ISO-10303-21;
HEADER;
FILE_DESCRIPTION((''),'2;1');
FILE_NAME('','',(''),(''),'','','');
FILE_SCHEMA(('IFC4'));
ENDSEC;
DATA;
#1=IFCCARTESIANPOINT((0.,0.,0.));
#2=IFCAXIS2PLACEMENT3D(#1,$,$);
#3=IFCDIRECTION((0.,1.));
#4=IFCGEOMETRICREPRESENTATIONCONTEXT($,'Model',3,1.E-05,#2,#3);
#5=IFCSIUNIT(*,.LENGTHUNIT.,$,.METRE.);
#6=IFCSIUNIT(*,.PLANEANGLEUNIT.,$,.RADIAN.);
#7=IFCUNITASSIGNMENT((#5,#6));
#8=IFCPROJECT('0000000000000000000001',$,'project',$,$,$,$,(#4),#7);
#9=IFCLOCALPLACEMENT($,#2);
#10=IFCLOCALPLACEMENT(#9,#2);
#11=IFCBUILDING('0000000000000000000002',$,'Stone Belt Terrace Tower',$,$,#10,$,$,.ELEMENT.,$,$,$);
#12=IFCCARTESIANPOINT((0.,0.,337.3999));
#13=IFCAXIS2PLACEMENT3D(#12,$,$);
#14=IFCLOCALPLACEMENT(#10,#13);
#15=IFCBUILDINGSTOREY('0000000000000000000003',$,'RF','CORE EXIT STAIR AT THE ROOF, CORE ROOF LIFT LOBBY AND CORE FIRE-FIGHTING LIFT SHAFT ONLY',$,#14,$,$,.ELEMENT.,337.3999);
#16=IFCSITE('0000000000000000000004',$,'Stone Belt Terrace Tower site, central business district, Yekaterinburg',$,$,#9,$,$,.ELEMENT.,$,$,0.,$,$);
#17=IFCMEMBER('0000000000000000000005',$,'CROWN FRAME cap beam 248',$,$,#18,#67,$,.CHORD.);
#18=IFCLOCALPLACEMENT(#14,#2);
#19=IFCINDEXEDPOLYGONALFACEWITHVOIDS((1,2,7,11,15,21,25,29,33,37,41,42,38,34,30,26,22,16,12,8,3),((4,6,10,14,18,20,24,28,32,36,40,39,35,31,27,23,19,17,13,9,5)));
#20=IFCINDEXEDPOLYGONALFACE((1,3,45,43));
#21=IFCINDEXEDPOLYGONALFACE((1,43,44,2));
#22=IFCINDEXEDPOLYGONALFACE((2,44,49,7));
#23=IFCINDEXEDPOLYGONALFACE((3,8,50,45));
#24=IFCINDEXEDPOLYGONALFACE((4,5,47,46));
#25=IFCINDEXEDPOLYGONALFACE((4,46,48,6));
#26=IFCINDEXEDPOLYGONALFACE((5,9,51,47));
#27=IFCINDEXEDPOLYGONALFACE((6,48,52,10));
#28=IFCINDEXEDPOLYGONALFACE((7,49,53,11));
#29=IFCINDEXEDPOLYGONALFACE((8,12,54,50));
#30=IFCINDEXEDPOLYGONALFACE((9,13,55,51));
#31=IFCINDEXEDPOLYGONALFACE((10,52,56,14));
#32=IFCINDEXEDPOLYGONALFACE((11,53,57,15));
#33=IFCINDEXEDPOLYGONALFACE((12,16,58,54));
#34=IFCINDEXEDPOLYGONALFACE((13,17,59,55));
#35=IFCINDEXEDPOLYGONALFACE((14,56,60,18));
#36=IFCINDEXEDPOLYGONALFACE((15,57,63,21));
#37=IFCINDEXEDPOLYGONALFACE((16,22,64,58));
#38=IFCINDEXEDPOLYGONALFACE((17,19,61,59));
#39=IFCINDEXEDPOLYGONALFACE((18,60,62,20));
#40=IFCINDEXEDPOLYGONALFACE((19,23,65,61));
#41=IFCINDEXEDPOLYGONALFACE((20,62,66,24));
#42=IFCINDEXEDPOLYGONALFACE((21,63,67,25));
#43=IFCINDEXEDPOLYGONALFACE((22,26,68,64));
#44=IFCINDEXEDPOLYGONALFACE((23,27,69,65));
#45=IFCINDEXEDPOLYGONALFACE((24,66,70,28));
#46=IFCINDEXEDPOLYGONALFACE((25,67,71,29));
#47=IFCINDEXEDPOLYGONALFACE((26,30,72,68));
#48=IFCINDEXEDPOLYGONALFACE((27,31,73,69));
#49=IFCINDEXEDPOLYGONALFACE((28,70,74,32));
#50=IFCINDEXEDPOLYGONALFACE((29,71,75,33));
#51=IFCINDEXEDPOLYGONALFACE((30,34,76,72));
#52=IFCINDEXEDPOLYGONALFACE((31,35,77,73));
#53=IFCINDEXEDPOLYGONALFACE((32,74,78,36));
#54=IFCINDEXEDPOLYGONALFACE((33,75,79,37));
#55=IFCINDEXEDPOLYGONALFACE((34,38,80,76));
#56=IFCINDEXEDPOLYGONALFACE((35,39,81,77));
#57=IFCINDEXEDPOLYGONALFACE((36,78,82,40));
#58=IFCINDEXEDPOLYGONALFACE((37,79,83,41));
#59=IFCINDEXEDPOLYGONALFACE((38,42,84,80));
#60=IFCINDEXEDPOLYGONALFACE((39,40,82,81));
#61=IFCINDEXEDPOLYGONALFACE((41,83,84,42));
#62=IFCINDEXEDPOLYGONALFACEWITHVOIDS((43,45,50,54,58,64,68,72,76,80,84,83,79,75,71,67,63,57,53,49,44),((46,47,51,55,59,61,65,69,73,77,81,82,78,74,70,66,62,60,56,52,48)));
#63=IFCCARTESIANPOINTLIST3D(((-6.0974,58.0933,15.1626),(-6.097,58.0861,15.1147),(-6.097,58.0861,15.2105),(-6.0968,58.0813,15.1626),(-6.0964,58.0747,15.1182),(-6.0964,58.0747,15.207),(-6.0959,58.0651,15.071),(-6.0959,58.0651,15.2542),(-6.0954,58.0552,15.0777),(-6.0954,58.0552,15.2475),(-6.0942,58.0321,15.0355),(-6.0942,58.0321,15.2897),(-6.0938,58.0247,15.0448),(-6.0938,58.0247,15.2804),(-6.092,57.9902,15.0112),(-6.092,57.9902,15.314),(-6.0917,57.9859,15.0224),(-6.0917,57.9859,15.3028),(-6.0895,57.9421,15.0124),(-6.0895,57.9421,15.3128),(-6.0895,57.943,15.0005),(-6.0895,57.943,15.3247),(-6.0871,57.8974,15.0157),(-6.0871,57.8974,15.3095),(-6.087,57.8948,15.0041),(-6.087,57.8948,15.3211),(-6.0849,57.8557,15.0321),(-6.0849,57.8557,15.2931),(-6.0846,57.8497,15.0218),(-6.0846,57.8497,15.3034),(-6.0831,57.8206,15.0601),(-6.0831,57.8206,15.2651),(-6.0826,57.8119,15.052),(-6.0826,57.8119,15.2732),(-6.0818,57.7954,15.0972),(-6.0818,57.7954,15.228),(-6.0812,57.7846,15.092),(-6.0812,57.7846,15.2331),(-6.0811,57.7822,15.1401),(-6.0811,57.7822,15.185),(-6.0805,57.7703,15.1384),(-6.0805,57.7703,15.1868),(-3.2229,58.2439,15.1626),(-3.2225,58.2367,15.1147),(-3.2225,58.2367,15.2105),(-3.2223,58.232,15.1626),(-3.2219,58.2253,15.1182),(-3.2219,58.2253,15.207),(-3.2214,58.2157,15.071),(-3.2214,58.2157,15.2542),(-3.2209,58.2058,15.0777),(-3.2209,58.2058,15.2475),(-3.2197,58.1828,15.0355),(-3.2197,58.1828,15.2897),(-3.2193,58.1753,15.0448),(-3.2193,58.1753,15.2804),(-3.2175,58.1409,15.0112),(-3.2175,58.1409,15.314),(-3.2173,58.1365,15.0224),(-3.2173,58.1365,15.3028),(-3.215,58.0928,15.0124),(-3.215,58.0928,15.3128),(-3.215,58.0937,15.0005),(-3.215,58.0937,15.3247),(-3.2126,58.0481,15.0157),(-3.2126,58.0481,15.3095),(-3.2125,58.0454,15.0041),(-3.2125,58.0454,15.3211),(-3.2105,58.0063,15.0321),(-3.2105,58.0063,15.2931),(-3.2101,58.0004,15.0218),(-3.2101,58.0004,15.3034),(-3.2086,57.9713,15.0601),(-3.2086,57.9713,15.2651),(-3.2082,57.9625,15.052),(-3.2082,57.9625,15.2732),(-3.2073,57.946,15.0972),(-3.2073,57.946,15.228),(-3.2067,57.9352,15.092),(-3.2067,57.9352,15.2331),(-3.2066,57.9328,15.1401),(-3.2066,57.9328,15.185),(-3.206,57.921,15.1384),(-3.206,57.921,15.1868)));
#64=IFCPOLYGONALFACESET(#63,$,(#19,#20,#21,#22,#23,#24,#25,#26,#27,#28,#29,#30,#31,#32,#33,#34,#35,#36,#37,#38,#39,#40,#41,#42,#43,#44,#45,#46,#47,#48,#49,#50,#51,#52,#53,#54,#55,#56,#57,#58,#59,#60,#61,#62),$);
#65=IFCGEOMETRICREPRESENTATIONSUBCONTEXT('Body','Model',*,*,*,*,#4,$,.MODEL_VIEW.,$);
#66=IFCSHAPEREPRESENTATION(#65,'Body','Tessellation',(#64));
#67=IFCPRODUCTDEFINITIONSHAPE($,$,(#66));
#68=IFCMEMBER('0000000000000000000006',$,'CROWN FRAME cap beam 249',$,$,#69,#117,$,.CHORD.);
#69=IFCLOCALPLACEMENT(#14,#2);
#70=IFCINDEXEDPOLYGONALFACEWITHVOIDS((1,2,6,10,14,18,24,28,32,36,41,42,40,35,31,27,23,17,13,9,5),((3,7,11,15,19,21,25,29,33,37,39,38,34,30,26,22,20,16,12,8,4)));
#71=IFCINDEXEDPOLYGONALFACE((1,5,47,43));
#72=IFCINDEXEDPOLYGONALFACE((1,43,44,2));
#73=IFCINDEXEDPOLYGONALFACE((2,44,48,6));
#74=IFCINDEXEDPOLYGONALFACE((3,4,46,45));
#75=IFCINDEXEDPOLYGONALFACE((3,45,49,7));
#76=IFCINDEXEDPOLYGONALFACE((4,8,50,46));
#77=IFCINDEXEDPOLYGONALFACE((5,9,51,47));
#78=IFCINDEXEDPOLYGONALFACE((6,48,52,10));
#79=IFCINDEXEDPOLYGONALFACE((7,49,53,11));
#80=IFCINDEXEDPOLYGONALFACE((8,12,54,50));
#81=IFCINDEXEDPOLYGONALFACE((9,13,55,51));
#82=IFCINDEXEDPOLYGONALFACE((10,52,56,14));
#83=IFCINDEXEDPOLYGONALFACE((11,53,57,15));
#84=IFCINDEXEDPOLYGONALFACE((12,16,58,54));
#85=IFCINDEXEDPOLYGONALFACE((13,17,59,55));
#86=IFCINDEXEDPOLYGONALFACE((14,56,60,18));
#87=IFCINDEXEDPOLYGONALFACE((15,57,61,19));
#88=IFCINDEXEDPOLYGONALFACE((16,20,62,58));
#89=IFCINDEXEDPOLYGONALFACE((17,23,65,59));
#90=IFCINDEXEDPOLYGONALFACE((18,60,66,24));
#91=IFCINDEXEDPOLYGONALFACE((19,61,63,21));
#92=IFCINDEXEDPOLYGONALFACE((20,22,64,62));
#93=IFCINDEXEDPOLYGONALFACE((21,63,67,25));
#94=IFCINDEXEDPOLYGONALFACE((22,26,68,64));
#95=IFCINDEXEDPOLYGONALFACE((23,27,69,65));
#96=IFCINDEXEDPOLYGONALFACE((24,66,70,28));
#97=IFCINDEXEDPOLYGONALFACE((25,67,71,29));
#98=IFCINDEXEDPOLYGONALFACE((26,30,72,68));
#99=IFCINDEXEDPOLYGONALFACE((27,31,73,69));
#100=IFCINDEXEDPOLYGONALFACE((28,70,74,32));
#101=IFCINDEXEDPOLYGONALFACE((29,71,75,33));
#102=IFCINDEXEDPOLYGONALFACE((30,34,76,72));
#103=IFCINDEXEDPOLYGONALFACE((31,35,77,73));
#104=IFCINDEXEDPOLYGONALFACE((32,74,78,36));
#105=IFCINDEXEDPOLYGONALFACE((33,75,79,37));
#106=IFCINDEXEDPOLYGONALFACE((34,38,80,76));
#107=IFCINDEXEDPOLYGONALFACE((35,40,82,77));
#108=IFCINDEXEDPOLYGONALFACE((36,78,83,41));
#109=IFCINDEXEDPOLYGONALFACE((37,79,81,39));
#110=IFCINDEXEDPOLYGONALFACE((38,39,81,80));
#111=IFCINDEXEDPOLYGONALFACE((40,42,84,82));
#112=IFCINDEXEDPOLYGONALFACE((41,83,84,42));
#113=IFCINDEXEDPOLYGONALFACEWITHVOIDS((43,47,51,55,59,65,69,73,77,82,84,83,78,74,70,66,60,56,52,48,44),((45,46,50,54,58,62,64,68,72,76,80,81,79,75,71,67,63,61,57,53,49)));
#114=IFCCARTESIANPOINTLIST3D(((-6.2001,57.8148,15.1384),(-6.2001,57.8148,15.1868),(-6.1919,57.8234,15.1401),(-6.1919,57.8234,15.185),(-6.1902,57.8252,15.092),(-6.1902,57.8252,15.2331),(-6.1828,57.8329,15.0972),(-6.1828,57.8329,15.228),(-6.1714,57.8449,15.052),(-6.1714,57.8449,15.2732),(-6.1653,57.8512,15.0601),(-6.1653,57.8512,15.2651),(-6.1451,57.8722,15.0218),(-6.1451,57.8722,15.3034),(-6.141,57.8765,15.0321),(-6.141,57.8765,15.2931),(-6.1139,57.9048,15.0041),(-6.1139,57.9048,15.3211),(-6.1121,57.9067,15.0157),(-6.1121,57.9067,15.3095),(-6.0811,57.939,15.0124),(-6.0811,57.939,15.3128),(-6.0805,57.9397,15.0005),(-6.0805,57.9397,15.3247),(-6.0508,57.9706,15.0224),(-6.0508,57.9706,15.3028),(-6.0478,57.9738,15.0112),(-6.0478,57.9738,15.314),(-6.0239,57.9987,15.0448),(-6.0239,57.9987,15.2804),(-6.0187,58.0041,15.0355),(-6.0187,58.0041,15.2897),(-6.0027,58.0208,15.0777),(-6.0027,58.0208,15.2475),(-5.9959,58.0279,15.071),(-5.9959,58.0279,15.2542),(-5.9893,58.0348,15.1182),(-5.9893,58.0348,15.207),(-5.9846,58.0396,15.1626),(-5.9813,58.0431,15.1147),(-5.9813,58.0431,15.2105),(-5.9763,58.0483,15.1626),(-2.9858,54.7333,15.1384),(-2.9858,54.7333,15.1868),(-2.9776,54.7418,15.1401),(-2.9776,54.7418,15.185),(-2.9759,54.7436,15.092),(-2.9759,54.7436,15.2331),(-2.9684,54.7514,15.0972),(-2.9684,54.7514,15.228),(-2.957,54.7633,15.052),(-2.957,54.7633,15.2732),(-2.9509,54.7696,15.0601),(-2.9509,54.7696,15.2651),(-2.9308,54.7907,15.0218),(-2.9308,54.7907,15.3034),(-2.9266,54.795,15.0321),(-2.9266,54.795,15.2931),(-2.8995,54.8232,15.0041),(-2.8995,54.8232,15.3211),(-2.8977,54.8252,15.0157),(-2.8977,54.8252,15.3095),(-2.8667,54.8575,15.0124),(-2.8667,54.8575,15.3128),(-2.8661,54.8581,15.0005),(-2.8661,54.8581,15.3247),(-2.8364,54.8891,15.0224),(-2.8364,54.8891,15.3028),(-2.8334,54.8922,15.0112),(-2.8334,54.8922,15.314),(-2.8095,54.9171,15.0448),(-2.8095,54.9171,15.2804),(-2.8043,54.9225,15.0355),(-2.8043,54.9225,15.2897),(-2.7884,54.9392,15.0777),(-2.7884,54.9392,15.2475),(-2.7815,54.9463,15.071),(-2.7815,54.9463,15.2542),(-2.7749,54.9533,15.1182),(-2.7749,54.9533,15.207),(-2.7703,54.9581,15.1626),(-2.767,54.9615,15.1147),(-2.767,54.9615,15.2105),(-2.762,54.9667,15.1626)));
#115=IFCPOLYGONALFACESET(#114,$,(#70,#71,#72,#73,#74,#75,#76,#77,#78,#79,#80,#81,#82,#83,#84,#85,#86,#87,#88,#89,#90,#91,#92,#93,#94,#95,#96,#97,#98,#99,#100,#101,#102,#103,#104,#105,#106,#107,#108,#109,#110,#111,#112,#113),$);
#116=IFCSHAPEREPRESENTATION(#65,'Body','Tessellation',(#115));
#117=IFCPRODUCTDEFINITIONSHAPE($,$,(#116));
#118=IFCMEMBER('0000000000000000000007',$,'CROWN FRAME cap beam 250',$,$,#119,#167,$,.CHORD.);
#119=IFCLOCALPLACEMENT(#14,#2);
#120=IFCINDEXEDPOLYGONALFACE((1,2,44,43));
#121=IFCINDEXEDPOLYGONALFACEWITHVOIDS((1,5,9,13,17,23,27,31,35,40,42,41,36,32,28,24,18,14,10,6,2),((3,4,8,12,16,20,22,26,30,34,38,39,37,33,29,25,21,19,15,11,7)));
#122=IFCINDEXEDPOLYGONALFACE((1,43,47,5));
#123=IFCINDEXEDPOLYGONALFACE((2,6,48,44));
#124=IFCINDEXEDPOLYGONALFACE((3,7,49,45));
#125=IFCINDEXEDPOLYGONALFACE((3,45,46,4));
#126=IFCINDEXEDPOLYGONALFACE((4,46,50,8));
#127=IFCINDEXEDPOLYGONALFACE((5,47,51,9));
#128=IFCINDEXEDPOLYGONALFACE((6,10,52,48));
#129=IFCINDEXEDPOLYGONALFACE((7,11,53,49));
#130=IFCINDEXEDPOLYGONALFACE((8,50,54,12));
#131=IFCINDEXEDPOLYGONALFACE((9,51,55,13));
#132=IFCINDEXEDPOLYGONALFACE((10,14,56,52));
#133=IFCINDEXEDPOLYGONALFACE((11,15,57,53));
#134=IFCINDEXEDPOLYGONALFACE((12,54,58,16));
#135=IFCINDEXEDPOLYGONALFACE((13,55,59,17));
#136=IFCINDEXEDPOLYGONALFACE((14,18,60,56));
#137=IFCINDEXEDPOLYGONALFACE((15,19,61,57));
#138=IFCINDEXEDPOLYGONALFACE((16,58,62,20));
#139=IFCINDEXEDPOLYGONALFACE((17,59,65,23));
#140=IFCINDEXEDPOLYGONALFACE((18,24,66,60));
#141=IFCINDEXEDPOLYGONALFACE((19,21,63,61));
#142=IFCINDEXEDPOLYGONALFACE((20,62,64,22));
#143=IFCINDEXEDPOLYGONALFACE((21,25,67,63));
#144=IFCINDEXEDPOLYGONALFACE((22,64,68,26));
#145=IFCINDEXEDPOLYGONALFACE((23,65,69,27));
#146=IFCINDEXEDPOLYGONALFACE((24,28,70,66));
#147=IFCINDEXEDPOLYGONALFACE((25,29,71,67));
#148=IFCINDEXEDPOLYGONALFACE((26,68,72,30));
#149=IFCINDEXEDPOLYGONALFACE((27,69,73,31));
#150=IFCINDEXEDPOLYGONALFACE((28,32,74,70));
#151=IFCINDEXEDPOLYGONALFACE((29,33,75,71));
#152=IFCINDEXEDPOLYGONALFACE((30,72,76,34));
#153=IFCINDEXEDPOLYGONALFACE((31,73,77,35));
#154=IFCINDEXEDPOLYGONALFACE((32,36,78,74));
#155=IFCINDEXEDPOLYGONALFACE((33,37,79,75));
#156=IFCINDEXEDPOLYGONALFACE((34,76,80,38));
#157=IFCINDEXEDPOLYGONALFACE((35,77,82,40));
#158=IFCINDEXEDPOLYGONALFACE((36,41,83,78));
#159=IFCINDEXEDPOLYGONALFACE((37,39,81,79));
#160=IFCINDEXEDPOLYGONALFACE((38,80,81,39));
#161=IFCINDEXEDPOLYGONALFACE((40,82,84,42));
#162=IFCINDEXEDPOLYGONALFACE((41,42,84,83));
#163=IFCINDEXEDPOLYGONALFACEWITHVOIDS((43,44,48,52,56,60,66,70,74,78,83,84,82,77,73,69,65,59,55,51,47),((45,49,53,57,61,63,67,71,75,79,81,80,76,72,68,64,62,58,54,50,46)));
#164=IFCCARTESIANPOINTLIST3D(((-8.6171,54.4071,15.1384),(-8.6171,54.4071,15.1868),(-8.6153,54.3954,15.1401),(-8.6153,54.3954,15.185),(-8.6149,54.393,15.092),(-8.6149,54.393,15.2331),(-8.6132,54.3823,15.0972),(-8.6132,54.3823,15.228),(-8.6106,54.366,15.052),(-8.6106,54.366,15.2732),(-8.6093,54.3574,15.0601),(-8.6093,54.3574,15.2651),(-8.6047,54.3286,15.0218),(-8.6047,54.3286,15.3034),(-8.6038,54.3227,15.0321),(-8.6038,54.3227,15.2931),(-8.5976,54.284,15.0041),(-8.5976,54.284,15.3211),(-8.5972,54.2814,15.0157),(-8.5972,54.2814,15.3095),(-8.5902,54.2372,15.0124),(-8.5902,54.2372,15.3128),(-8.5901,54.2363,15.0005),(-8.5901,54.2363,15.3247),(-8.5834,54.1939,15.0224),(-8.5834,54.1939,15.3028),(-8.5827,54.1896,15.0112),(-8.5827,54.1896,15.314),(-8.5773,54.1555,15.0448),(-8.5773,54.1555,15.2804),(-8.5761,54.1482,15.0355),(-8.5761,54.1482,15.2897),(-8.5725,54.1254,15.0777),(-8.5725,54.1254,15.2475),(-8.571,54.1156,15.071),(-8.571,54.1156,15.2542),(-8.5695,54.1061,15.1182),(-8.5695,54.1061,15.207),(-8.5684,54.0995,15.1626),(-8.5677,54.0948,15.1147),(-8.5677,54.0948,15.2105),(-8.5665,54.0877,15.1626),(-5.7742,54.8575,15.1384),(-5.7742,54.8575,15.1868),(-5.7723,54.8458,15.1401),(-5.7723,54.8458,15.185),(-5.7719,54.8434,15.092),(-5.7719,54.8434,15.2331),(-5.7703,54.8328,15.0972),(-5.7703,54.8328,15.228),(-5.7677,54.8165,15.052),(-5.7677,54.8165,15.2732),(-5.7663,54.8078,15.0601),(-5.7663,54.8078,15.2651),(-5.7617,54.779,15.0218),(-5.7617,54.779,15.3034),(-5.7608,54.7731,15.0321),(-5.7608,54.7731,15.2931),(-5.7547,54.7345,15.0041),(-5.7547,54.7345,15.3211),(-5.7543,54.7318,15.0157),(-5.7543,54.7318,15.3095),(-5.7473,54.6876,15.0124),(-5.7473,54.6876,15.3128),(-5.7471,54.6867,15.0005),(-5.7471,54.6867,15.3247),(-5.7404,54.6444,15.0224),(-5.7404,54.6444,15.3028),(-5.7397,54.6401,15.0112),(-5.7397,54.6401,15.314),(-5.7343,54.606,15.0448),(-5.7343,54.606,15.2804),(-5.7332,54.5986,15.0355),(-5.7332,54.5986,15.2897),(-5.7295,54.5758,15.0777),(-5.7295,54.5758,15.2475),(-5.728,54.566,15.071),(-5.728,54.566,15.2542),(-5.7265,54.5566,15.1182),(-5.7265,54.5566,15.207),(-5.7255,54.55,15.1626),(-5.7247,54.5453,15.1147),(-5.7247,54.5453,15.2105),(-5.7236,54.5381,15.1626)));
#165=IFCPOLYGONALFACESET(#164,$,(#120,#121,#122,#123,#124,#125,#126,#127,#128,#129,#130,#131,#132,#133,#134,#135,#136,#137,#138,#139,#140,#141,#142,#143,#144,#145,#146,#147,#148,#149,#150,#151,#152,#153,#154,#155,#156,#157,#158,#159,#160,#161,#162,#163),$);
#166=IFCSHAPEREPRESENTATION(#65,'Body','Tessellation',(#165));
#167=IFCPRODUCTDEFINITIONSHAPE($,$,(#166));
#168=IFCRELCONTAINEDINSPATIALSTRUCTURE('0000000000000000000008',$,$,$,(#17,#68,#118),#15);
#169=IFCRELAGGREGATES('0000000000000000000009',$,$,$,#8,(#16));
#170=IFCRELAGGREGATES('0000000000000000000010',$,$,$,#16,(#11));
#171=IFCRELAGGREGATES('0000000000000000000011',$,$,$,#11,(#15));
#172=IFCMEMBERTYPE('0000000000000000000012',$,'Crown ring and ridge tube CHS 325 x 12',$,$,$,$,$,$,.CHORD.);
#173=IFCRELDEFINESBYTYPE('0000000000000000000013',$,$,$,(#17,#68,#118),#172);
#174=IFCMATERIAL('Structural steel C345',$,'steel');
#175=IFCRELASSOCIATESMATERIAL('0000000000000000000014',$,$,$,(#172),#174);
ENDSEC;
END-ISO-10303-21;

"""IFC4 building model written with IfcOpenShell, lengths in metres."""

from ifc_helpers import new_model, si_unit, direction, frame, origin, origin_2d, place, context, subcontext, project, spatial, hollow_circle, extrude, material, material_profile, profile_set, type_object, element, save


model = new_model("IFC4")

# Units and contexts
model_context = context("Model", 3, precision=1e-05, world=origin(), true_north=direction((0.0, 1.0)))
body_context = subcontext(model_context, "Body", "Model", "MODEL_VIEW")
ifc_project = project(units=[si_unit("LENGTHUNIT", "METRE"), si_unit("PLANEANGLEUNIT", "RADIAN")], contexts=[model_context])

# Site, building, storey
site_placement = place(None, origin())
site = spatial("IfcSite", under=ifc_project, at=site_placement, Name="Stone Belt Terrace Tower site, central business district, Yekaterinburg", CompositionType="ELEMENT", RefElevation=0.0)
building_placement = place(site_placement, origin())
building = spatial("IfcBuilding", under=site, at=building_placement, Name="Stone Belt Terrace Tower", CompositionType="ELEMENT")
storey_placement = place(building_placement, frame((0.0, 0.0, 337.3999)))
storey = spatial("IfcBuildingStorey", under=building, at=storey_placement, Name="RF", Description="CORE EXIT STAIR AT THE ROOF, CORE ROOF LIFT LOBBY AND CORE FIRE-FIGHTING LIFT SHAFT ONLY", CompositionType="ELEMENT", Elevation=337.3999)

# Members
ifc_material_1 = material(Name="Structural steel C345", Category="steel")
ifc_material_profile_1 = material_profile(ifc_material_1, hollow_circle(Radius=0.1626, WallThickness=0.012, at=origin_2d()), Name="Structural steel C345 CHS 325x12")
ifc_profile_set_1 = profile_set([ifc_material_profile_1], Name="Structural steel C345")
member_type_1 = type_object("IfcMemberType", Name="Crown ring and ridge tube CHS 325 x 12", PredefinedType="CHORD", material=ifc_profile_set_1)
member_1_placement = place(storey_placement, frame((-6.0889, 57.9309, 15.1626), z_axis=(0.99863, 0.052332, 0.0), x_axis=(-0.052332, 0.99863, 0.0)))
element("IfcMember", 1, at=member_1_placement, inside=storey, type_object=member_type_1, Name="CROWN FRAME cap beam 248", PredefinedType="CHORD", context=body_context, shape_type="SweptSolid", body=[
    extrude(hollow_circle(Radius=0.1626, WallThickness=0.012, at=origin_2d()), origin(), (0.0, 0.0, 1.0), 2.8784),
])
member_2_placement = place(storey_placement, frame((-6.0889, 57.9309, 15.1626), z_axis=(0.721863, -0.692036, 0.0), x_axis=(0.692036, 0.721863, 0.0)))
element("IfcMember", 2, at=member_2_placement, inside=storey, type_object=member_type_1, Name="CROWN FRAME cap beam 249", PredefinedType="CHORD", context=body_context, shape_type="SweptSolid", body=[
    extrude(hollow_circle(Radius=0.1626, WallThickness=0.012, at=origin_2d()), origin(), (0.0, 0.0, 1.0), 4.4529),
])
member_3_placement = place(storey_placement, frame((-5.749, 54.6987, 15.1626), z_axis=(-0.98768, -0.156485, 0.0), x_axis=(0.156485, -0.98768, 0.0)))
element("IfcMember", 3, at=member_3_placement, inside=storey, type_object=member_type_1, Name="CROWN FRAME cap beam 250", PredefinedType="CHORD", context=body_context, shape_type="SweptSolid", body=[
    extrude(hollow_circle(Radius=0.1626, WallThickness=0.012, at=origin_2d()), origin(), (0.0, 0.0, 1.0), 2.8784),
])

save(model, "model.ifc")
